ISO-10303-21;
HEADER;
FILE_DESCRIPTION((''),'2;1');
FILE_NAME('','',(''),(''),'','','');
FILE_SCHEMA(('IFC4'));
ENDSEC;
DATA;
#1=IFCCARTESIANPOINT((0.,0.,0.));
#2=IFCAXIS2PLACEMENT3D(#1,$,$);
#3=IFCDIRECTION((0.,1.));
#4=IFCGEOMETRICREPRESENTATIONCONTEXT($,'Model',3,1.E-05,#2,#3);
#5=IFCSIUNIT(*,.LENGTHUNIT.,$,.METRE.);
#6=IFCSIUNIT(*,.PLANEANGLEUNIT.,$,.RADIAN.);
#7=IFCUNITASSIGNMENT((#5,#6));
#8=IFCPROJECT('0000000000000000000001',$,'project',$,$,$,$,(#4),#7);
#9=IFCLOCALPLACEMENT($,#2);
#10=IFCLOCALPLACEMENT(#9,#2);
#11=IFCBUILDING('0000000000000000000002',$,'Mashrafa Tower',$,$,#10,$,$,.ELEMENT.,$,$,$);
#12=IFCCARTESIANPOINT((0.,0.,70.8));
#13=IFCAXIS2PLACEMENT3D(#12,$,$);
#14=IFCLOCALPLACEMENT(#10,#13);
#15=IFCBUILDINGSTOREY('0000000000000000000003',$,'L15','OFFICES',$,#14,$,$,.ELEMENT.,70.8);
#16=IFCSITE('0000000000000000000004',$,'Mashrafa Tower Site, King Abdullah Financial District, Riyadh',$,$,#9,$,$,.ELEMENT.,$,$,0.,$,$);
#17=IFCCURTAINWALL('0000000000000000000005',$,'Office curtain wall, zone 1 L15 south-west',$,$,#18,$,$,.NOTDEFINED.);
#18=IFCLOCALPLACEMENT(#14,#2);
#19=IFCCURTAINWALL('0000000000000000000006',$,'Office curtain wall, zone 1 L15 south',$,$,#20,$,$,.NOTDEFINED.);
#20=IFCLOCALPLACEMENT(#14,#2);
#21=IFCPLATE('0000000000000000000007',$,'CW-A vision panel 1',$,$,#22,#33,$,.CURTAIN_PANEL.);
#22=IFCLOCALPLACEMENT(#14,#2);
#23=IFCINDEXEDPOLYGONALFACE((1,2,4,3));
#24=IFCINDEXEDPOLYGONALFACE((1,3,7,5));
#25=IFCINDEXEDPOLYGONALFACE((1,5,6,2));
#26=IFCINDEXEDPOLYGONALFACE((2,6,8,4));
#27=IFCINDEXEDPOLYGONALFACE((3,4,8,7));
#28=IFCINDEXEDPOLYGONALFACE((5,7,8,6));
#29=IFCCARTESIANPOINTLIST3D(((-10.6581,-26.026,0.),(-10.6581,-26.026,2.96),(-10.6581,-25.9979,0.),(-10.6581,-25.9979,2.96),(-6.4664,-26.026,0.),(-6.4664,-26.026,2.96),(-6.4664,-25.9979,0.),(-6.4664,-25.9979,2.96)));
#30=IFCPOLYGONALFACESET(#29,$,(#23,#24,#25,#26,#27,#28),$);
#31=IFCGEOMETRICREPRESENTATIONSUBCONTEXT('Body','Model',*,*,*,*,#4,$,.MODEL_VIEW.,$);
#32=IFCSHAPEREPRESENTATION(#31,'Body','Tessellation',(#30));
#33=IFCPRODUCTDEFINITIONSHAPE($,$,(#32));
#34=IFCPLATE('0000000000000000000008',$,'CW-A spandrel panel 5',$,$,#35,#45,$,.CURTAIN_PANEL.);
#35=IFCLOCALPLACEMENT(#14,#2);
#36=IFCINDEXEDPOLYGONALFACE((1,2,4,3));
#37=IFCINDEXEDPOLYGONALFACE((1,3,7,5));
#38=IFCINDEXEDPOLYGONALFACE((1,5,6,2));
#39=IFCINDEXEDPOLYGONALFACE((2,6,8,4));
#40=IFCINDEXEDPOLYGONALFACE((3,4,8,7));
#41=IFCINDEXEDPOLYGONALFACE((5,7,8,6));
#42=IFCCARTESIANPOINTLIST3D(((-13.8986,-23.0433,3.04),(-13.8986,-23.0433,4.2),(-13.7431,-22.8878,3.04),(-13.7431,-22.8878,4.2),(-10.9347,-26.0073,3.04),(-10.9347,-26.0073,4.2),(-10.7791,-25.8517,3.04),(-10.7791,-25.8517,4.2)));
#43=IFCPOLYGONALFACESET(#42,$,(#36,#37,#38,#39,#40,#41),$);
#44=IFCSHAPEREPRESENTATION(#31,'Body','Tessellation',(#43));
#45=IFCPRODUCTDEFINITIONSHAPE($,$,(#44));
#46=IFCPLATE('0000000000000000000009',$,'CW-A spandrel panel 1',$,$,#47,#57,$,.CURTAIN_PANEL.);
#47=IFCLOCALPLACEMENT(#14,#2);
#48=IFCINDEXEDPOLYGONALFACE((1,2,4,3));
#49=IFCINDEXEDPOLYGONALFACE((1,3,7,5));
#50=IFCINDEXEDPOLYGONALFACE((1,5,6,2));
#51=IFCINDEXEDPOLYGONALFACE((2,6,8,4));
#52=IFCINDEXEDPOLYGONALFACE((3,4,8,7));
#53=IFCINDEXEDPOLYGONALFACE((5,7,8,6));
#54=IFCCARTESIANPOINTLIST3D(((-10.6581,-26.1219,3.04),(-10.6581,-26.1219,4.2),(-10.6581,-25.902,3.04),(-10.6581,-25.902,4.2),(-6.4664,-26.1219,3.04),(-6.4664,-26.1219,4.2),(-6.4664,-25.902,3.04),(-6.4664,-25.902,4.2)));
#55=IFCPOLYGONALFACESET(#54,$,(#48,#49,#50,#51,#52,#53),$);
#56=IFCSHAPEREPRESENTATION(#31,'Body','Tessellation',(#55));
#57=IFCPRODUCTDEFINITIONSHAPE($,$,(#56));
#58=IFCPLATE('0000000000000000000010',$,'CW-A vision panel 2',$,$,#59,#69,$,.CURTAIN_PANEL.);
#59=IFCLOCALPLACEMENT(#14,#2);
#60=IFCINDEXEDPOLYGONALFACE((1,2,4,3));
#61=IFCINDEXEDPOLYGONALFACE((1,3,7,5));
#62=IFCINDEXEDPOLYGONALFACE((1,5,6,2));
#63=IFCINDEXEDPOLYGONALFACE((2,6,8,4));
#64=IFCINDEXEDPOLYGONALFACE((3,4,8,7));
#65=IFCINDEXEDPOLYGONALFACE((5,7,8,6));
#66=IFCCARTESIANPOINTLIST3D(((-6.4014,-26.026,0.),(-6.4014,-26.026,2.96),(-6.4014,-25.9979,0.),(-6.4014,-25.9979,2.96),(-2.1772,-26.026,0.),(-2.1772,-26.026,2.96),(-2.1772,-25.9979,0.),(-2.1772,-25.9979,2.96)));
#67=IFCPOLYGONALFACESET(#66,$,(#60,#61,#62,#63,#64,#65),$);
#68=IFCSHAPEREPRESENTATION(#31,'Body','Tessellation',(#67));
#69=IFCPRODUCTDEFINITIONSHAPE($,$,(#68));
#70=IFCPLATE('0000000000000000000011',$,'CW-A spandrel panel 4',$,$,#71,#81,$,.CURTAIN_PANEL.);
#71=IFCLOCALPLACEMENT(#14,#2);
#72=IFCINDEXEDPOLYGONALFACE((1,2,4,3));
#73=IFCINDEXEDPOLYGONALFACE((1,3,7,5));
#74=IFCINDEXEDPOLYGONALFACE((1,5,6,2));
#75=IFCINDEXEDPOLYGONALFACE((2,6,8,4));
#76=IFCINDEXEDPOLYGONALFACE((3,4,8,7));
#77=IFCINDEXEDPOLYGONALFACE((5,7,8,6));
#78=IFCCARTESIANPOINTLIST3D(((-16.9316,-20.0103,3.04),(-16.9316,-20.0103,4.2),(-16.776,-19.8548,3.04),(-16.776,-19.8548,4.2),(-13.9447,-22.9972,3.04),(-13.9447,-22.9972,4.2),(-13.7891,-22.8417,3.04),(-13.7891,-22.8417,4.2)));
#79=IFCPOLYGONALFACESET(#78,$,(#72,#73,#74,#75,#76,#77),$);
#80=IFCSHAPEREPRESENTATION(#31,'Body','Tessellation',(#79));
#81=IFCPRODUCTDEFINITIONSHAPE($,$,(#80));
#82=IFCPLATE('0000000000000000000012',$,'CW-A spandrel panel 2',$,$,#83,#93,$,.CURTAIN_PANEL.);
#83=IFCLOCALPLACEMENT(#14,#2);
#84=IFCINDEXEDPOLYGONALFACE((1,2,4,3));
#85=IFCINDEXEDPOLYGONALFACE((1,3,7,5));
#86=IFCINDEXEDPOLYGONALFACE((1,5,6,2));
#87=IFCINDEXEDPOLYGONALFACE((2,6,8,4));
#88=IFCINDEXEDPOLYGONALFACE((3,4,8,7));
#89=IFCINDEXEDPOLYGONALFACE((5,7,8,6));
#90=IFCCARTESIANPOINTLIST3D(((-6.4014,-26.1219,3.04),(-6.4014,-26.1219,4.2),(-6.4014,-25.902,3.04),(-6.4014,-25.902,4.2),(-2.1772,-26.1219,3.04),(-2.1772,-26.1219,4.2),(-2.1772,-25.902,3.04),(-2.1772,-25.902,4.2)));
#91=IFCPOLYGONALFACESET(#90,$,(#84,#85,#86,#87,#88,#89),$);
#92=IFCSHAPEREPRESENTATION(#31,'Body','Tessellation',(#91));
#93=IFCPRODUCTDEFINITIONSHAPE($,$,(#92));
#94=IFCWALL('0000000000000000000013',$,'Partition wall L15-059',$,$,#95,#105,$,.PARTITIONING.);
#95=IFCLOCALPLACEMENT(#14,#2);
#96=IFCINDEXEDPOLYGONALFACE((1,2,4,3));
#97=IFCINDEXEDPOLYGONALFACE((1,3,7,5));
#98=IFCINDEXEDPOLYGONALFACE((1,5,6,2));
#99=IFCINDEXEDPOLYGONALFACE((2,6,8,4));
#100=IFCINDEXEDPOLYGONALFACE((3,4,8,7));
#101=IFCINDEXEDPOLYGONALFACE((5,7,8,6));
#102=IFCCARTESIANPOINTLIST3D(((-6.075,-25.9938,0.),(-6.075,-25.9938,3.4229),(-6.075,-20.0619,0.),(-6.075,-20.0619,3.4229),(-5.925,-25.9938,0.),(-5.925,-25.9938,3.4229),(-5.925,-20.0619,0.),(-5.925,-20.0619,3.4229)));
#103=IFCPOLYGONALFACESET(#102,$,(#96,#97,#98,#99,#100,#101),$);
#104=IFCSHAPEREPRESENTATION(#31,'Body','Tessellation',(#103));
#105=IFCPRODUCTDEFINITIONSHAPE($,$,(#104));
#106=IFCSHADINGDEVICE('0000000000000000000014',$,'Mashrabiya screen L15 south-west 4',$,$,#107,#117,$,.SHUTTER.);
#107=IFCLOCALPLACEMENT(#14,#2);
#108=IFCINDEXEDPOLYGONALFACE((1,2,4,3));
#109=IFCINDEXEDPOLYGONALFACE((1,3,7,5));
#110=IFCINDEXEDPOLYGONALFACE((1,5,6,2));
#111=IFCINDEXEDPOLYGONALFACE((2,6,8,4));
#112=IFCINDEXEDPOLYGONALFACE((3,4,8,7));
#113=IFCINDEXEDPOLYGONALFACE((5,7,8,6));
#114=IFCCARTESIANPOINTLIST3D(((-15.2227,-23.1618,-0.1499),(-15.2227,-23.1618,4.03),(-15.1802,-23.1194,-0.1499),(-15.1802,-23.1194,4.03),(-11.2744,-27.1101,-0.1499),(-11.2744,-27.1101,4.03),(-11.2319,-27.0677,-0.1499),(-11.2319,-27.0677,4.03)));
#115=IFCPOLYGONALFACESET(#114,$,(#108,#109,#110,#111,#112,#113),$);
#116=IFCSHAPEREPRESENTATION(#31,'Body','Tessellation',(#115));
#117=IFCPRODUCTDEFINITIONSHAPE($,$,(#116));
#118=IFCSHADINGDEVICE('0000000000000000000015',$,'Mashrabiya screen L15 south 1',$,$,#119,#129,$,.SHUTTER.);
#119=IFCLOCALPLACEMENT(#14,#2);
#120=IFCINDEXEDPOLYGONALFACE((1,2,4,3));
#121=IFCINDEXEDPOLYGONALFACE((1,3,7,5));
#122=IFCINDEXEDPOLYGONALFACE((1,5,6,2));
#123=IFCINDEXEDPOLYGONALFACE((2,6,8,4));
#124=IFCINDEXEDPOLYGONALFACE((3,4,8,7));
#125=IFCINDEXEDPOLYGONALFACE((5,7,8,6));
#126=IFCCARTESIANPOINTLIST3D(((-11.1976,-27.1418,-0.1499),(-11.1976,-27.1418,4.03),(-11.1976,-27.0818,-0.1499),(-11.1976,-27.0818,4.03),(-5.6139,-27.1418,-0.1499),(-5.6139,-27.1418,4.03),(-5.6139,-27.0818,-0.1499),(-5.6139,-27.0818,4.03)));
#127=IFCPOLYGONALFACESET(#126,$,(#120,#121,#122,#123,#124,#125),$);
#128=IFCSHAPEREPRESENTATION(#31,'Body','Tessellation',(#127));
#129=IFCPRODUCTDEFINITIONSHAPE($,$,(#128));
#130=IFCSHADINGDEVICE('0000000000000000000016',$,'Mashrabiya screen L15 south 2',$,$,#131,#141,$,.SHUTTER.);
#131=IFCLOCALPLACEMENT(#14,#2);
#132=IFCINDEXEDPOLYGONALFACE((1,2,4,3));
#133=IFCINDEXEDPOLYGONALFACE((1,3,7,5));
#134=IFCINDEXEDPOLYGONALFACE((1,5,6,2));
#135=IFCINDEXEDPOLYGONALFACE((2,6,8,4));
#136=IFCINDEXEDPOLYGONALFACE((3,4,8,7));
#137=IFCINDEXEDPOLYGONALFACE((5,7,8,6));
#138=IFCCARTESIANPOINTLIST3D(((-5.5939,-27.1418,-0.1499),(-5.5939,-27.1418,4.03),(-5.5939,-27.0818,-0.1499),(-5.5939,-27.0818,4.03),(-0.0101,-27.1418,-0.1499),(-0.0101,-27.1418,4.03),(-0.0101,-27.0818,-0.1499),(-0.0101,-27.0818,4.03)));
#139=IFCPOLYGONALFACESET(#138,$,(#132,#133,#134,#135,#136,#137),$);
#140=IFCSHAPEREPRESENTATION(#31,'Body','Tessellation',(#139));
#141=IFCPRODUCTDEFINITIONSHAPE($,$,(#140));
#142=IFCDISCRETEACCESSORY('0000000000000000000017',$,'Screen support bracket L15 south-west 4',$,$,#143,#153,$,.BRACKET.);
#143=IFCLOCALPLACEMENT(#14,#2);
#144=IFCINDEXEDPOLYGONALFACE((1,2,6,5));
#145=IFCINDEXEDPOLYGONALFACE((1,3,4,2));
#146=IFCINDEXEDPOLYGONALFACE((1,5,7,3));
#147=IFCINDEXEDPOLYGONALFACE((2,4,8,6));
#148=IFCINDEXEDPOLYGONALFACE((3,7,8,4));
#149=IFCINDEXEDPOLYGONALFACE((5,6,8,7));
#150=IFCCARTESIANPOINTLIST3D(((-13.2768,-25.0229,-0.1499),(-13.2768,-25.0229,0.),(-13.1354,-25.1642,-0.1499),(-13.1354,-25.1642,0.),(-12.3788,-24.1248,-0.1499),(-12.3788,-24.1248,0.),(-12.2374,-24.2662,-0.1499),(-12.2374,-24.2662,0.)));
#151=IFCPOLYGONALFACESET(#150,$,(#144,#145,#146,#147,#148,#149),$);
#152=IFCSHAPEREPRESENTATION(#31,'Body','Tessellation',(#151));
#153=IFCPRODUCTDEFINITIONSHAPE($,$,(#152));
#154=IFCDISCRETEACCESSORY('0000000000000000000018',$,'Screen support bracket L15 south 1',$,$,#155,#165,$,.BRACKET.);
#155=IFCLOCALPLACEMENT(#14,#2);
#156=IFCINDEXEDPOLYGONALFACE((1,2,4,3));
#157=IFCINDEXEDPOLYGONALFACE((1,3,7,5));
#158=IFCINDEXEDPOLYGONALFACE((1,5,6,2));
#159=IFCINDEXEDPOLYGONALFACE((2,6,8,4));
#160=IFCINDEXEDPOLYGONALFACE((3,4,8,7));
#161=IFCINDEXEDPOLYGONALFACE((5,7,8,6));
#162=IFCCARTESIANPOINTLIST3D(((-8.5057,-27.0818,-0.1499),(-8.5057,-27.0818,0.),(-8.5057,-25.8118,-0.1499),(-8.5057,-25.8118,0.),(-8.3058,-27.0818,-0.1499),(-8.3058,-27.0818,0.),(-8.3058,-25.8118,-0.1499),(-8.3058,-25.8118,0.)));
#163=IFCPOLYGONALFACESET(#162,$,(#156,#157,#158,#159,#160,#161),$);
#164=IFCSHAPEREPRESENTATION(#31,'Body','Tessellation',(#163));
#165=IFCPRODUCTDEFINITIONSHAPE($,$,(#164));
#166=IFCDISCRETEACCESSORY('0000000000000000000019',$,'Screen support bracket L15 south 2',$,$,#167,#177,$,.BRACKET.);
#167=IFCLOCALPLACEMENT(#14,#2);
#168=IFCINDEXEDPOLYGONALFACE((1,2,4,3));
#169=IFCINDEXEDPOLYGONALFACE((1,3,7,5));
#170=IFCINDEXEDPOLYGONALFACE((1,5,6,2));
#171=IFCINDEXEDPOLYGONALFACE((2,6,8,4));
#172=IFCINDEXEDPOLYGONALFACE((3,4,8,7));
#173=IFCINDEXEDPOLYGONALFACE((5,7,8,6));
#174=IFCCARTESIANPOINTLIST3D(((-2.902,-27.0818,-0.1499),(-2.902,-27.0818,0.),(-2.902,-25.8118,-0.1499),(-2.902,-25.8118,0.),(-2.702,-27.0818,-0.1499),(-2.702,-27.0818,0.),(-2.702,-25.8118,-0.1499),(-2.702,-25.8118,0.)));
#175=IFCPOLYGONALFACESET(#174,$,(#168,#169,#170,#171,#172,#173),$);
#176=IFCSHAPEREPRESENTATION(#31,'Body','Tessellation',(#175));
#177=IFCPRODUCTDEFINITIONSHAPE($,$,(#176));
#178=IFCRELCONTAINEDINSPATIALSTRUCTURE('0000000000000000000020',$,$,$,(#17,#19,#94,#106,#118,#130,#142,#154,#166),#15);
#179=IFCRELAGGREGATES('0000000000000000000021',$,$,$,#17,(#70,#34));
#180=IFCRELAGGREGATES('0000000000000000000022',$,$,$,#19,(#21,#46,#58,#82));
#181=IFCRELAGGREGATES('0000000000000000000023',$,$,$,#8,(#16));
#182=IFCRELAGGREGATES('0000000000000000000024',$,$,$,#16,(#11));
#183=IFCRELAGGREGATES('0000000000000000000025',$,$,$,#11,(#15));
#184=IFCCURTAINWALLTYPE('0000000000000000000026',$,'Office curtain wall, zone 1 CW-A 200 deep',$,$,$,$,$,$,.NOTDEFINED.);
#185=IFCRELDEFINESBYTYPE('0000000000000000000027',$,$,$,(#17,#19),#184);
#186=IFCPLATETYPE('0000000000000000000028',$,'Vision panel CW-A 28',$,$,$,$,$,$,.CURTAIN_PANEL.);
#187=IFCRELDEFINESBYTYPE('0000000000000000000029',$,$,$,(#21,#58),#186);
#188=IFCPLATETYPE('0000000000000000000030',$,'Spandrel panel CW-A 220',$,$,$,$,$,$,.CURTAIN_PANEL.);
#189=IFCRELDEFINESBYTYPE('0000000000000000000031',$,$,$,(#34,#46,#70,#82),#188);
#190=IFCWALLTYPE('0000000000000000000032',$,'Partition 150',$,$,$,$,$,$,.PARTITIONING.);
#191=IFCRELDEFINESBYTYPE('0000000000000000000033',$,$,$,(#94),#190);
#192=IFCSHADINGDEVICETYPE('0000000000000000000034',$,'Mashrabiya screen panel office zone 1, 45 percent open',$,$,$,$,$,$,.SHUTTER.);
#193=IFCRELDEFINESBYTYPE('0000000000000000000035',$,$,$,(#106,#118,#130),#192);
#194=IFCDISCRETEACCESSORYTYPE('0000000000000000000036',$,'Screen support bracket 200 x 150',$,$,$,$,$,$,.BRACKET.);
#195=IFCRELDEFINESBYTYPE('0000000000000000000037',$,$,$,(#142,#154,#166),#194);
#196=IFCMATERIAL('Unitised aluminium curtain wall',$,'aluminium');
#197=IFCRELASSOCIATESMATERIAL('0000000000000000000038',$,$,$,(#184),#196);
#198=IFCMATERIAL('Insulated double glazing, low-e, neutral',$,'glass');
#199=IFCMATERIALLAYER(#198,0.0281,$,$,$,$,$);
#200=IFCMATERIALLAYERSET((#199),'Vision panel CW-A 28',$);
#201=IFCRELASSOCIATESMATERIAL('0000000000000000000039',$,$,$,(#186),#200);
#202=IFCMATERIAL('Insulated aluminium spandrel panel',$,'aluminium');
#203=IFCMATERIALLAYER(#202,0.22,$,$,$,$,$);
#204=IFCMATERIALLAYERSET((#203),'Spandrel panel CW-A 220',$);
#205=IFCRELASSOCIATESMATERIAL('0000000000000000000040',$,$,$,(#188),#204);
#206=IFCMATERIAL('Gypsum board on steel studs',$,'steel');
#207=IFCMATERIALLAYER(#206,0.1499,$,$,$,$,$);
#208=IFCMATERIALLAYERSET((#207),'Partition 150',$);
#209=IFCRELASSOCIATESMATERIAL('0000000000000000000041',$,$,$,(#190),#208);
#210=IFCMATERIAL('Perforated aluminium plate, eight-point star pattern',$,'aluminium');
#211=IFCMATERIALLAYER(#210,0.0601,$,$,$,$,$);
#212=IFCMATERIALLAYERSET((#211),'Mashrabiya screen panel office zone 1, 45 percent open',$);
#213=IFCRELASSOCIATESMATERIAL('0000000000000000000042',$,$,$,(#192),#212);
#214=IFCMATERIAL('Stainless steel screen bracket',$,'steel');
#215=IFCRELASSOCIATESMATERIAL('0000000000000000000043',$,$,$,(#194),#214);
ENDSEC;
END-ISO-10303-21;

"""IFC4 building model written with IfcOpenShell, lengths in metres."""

from ifc_helpers import new_model, si_unit, direction, frame, frame_2d, origin, origin_2d, place, context, subcontext, project, spatial, rectangle, extrude, source, transform, mapped, material, layer, layer_set, type_object, type_shapes, element, aggregate, save


model = new_model("IFC4")

# Units and contexts
model_context = context("Model", 3, precision=1e-05, world=origin(), true_north=direction((0.0, 1.0)))
body_context = subcontext(model_context, "Body", "Model", "MODEL_VIEW")
ifc_project = project(units=[si_unit("LENGTHUNIT", "METRE"), si_unit("PLANEANGLEUNIT", "RADIAN")], contexts=[model_context])

# Site, building, storey
site_placement = place(None, origin())
site = spatial("IfcSite", under=ifc_project, at=site_placement, Name="Mashrafa Tower Site, King Abdullah Financial District, Riyadh", CompositionType="ELEMENT", RefElevation=0.0)
building_placement = place(site_placement, origin())
building = spatial("IfcBuilding", under=site, at=building_placement, Name="Mashrafa Tower", CompositionType="ELEMENT")
storey_placement = place(building_placement, frame((0.0, 0.0, 70.8)))
storey = spatial("IfcBuildingStorey", under=building, at=storey_placement, Name="L15", Description="OFFICES", CompositionType="ELEMENT", Elevation=70.8)

# Curtain walls
ifc_material_1 = material(Name="Unitised aluminium curtain wall", Category="aluminium")
curtain_wall_type = type_object("IfcCurtainWallType", Name="Office curtain wall, zone 1 CW-A 200 deep", PredefinedType="NOTDEFINED", material=ifc_material_1)
curtain_wall_1_placement = place(storey_placement, origin())
curtain_wall_1 = element("IfcCurtainWall", 1, at=curtain_wall_1_placement, inside=storey, type_object=curtain_wall_type, Name="Office curtain wall, zone 1 L15 south-west", PredefinedType="NOTDEFINED")
curtain_wall_2_placement = place(storey_placement, origin())
curtain_wall_2 = element("IfcCurtainWall", 2, at=curtain_wall_2_placement, inside=storey, type_object=curtain_wall_type, Name="Office curtain wall, zone 1 L15 south", PredefinedType="NOTDEFINED")

# Plates
ifc_material_2 = material(Name="Insulated double glazing, low-e, neutral", Category="glass")
ifc_layer_1 = layer(ifc_material_2, 0.0281)
ifc_layer_set_1 = layer_set([ifc_layer_1], Name="Vision panel CW-A 28")
plate_type_1 = type_object("IfcPlateType", Name="Vision panel CW-A 28", PredefinedType="CURTAIN_PANEL", material=ifc_layer_set_1)
shared_shape_1 = source(origin(), body_context, "Body", "SweptSolid", [
    extrude(rectangle(XDim=4.1917, YDim=0.0281, at=origin_2d()), origin(), (0.0, 0.0, 1.0), 2.96),
])
plate_1_placement = place(storey_placement, frame((-8.5623, -26.012, 0.0), z_axis=(0.0, 0.0, 1.0), x_axis=(1.0, 0.0, 0.0)))
plate_1 = element("IfcPlate", 3, at=plate_1_placement, type_object=plate_type_1, Name="CW-A vision panel 1", PredefinedType="CURTAIN_PANEL", context=body_context, shape_type="MappedRepresentation", body=[
    mapped(shared_shape_1, transform((0.0, 0.0, 0.0))),
])
ifc_material_3 = material(Name="Insulated aluminium spandrel panel", Category="aluminium")
ifc_layer_2 = layer(ifc_material_3, 0.22)
ifc_layer_set_2 = layer_set([ifc_layer_2], Name="Spandrel panel CW-A 220")
plate_type_2 = type_object("IfcPlateType", Name="Spandrel panel CW-A 220", PredefinedType="CURTAIN_PANEL", material=ifc_layer_set_2)
shared_shape_2 = source(origin(), body_context, "Body", "SweptSolid", [
    extrude(rectangle(XDim=4.1917, YDim=0.22, at=origin_2d()), origin(), (0.0, 0.0, 1.0), 1.1599),
])
plate_2_placement = place(storey_placement, frame((-12.3389, -24.4475, 3.04), z_axis=(0.0, 0.0, 1.0), x_axis=(0.707107, -0.707107, 0.0)))
plate_2 = element("IfcPlate", 4, at=plate_2_placement, type_object=plate_type_2, Name="CW-A spandrel panel 5", PredefinedType="CURTAIN_PANEL", context=body_context, shape_type="MappedRepresentation", body=[
    mapped(shared_shape_2, transform((0.0, 0.0, 0.0))),
])
plate_3_placement = place(storey_placement, frame((-8.5623, -26.012, 3.04), z_axis=(0.0, 0.0, 1.0), x_axis=(1.0, 0.0, 0.0)))
plate_3 = element("IfcPlate", 5, at=plate_3_placement, type_object=plate_type_2, Name="CW-A spandrel panel 1", PredefinedType="CURTAIN_PANEL", context=body_context, shape_type="MappedRepresentation", body=[
    mapped(shared_shape_2, transform((0.0, 0.0, 0.0))),
])
shared_shape_3 = source(origin(), body_context, "Body", "SweptSolid", [
    extrude(rectangle(XDim=4.2241, YDim=0.0281, at=origin_2d()), origin(), (0.0, 0.0, 1.0), 2.96),
])
type_shapes(plate_type_1, [shared_shape_1, shared_shape_3])
plate_4_placement = place(storey_placement, frame((-4.2893, -26.012, 0.0), z_axis=(0.0, 0.0, 1.0), x_axis=(1.0, 0.0, 0.0)))
plate_4 = element("IfcPlate", 6, at=plate_4_placement, type_object=plate_type_1, Name="CW-A vision panel 2", PredefinedType="CURTAIN_PANEL", context=body_context, shape_type="MappedRepresentation", body=[
    mapped(shared_shape_3, transform((0.0, 0.0, 0.0))),
])
shared_shape_4 = source(origin(), body_context, "Body", "SweptSolid", [
    extrude(rectangle(XDim=4.2241, YDim=0.22, at=origin_2d()), origin(), (0.0, 0.0, 1.0), 1.1599),
])
type_shapes(plate_type_2, [shared_shape_2, shared_shape_4])
plate_5_placement = place(storey_placement, frame((-15.3604, -21.426, 3.04), z_axis=(0.0, 0.0, 1.0), x_axis=(0.707107, -0.707107, 0.0)))
plate_5 = element("IfcPlate", 7, at=plate_5_placement, type_object=plate_type_2, Name="CW-A spandrel panel 4", PredefinedType="CURTAIN_PANEL", context=body_context, shape_type="MappedRepresentation", body=[
    mapped(shared_shape_4, transform((0.0, 0.0, 0.0))),
])
aggregate(curtain_wall_1, [plate_5, plate_2])
plate_6_placement = place(storey_placement, frame((-4.2893, -26.012, 3.04), z_axis=(0.0, 0.0, 1.0), x_axis=(1.0, 0.0, 0.0)))
plate_6 = element("IfcPlate", 8, at=plate_6_placement, type_object=plate_type_2, Name="CW-A spandrel panel 2", PredefinedType="CURTAIN_PANEL", context=body_context, shape_type="MappedRepresentation", body=[
    mapped(shared_shape_4, transform((0.0, 0.0, 0.0))),
])
aggregate(curtain_wall_2, [plate_1, plate_3, plate_4, plate_6])

# Wall
ifc_material_4 = material(Name="Gypsum board on steel studs", Category="steel")
ifc_layer_3 = layer(ifc_material_4, 0.1499)
ifc_layer_set_3 = layer_set([ifc_layer_3], Name="Partition 150")
wall_type = type_object("IfcWallType", Name="Partition 150", PredefinedType="PARTITIONING", material=ifc_layer_set_3)
wall_placement = place(storey_placement, frame((-6.0, -20.062, 0.0), z_axis=(0.0, 0.0, 1.0), x_axis=(0.0, -1.0, 0.0)))
element("IfcWall", 9, at=wall_placement, inside=storey, type_object=wall_type, Name="Partition wall L15-059", PredefinedType="PARTITIONING", context=body_context, shape_type="SweptSolid", body=[
    extrude(rectangle(XDim=5.9319, YDim=0.1499, at=frame_2d((2.9658, 0.0))), origin(), (0.0, 0.0, 1.0), 3.4229),
])

# Shading devices
ifc_material_5 = material(Name="Perforated aluminium plate, eight-point star pattern", Category="aluminium")
ifc_layer_4 = layer(ifc_material_5, 0.0601)
ifc_layer_set_4 = layer_set([ifc_layer_4], Name="Mashrabiya screen panel office zone 1, 45 percent open")
shading_device_type = type_object("IfcShadingDeviceType", Name="Mashrabiya screen panel office zone 1, 45 percent open", PredefinedType="SHUTTER", material=ifc_layer_set_4)
shared_shape_5 = source(origin(), body_context, "Body", "SweptSolid", [
    extrude(rectangle(XDim=5.5837, YDim=0.0601, at=origin_2d()), origin(), (0.0, 0.0, 1.0), 4.1799),
])
type_shapes(shading_device_type, [shared_shape_5])
for number, where, z_axis, x_axis, name in (
    (10, (-13.2273, -25.1147, -0.1499), (0.0, 0.0, 1.0), (0.707107, -0.707107, 0.0), "Mashrabiya screen L15 south-west 4"),
    (11, (-8.4058, -27.1118, -0.1499), (0.0, 0.0, 1.0), (1.0, 0.0, 0.0), "Mashrabiya screen L15 south 1"),
    (12, (-2.802, -27.1118, -0.1499), (0.0, 0.0, 1.0), (1.0, 0.0, 0.0), "Mashrabiya screen L15 south 2"),
):
    element("IfcShadingDevice", number, at=place(storey_placement, frame(where, z_axis=z_axis, x_axis=x_axis)), inside=storey, type_object=shading_device_type, Name=name, PredefinedType="SHUTTER", context=body_context, shape_type="MappedRepresentation", body=[
        mapped(shared_shape_5, transform((0.0, 0.0, 0.0))),
    ])

# Discrete accessories
ifc_material_6 = material(Name="Stainless steel screen bracket", Category="steel")
discrete_accessory_type = type_object("IfcDiscreteAccessoryType", Name="Screen support bracket 200 x 150", PredefinedType="BRACKET", material=ifc_material_6)
shared_shape_6 = source(origin(), body_context, "Body", "SweptSolid", [
    extrude(rectangle(XDim=0.2, YDim=1.27, at=origin_2d()), origin(), (0.0, 0.0, 1.0), 0.1499),
])
type_shapes(discrete_accessory_type, [shared_shape_6])
for number, where, z_axis, x_axis, name in (
    (13, (-12.7571, -24.6445, -0.1499), (0.0, 0.0, 1.0), (0.707107, -0.707107, 0.0), "Screen support bracket L15 south-west 4"),
    (14, (-8.4058, -26.4468, -0.1499), (0.0, 0.0, 1.0), (1.0, 0.0, 0.0), "Screen support bracket L15 south 1"),
    (15, (-2.802, -26.4468, -0.1499), (0.0, 0.0, 1.0), (1.0, 0.0, 0.0), "Screen support bracket L15 south 2"),
):
    element("IfcDiscreteAccessory", number, at=place(storey_placement, frame(where, z_axis=z_axis, x_axis=x_axis)), inside=storey, type_object=discrete_accessory_type, Name=name, PredefinedType="BRACKET", context=body_context, shape_type="MappedRepresentation", body=[
        mapped(shared_shape_6, transform((0.0, 0.0, 0.0))),
    ])

save(model, "model.ifc")
